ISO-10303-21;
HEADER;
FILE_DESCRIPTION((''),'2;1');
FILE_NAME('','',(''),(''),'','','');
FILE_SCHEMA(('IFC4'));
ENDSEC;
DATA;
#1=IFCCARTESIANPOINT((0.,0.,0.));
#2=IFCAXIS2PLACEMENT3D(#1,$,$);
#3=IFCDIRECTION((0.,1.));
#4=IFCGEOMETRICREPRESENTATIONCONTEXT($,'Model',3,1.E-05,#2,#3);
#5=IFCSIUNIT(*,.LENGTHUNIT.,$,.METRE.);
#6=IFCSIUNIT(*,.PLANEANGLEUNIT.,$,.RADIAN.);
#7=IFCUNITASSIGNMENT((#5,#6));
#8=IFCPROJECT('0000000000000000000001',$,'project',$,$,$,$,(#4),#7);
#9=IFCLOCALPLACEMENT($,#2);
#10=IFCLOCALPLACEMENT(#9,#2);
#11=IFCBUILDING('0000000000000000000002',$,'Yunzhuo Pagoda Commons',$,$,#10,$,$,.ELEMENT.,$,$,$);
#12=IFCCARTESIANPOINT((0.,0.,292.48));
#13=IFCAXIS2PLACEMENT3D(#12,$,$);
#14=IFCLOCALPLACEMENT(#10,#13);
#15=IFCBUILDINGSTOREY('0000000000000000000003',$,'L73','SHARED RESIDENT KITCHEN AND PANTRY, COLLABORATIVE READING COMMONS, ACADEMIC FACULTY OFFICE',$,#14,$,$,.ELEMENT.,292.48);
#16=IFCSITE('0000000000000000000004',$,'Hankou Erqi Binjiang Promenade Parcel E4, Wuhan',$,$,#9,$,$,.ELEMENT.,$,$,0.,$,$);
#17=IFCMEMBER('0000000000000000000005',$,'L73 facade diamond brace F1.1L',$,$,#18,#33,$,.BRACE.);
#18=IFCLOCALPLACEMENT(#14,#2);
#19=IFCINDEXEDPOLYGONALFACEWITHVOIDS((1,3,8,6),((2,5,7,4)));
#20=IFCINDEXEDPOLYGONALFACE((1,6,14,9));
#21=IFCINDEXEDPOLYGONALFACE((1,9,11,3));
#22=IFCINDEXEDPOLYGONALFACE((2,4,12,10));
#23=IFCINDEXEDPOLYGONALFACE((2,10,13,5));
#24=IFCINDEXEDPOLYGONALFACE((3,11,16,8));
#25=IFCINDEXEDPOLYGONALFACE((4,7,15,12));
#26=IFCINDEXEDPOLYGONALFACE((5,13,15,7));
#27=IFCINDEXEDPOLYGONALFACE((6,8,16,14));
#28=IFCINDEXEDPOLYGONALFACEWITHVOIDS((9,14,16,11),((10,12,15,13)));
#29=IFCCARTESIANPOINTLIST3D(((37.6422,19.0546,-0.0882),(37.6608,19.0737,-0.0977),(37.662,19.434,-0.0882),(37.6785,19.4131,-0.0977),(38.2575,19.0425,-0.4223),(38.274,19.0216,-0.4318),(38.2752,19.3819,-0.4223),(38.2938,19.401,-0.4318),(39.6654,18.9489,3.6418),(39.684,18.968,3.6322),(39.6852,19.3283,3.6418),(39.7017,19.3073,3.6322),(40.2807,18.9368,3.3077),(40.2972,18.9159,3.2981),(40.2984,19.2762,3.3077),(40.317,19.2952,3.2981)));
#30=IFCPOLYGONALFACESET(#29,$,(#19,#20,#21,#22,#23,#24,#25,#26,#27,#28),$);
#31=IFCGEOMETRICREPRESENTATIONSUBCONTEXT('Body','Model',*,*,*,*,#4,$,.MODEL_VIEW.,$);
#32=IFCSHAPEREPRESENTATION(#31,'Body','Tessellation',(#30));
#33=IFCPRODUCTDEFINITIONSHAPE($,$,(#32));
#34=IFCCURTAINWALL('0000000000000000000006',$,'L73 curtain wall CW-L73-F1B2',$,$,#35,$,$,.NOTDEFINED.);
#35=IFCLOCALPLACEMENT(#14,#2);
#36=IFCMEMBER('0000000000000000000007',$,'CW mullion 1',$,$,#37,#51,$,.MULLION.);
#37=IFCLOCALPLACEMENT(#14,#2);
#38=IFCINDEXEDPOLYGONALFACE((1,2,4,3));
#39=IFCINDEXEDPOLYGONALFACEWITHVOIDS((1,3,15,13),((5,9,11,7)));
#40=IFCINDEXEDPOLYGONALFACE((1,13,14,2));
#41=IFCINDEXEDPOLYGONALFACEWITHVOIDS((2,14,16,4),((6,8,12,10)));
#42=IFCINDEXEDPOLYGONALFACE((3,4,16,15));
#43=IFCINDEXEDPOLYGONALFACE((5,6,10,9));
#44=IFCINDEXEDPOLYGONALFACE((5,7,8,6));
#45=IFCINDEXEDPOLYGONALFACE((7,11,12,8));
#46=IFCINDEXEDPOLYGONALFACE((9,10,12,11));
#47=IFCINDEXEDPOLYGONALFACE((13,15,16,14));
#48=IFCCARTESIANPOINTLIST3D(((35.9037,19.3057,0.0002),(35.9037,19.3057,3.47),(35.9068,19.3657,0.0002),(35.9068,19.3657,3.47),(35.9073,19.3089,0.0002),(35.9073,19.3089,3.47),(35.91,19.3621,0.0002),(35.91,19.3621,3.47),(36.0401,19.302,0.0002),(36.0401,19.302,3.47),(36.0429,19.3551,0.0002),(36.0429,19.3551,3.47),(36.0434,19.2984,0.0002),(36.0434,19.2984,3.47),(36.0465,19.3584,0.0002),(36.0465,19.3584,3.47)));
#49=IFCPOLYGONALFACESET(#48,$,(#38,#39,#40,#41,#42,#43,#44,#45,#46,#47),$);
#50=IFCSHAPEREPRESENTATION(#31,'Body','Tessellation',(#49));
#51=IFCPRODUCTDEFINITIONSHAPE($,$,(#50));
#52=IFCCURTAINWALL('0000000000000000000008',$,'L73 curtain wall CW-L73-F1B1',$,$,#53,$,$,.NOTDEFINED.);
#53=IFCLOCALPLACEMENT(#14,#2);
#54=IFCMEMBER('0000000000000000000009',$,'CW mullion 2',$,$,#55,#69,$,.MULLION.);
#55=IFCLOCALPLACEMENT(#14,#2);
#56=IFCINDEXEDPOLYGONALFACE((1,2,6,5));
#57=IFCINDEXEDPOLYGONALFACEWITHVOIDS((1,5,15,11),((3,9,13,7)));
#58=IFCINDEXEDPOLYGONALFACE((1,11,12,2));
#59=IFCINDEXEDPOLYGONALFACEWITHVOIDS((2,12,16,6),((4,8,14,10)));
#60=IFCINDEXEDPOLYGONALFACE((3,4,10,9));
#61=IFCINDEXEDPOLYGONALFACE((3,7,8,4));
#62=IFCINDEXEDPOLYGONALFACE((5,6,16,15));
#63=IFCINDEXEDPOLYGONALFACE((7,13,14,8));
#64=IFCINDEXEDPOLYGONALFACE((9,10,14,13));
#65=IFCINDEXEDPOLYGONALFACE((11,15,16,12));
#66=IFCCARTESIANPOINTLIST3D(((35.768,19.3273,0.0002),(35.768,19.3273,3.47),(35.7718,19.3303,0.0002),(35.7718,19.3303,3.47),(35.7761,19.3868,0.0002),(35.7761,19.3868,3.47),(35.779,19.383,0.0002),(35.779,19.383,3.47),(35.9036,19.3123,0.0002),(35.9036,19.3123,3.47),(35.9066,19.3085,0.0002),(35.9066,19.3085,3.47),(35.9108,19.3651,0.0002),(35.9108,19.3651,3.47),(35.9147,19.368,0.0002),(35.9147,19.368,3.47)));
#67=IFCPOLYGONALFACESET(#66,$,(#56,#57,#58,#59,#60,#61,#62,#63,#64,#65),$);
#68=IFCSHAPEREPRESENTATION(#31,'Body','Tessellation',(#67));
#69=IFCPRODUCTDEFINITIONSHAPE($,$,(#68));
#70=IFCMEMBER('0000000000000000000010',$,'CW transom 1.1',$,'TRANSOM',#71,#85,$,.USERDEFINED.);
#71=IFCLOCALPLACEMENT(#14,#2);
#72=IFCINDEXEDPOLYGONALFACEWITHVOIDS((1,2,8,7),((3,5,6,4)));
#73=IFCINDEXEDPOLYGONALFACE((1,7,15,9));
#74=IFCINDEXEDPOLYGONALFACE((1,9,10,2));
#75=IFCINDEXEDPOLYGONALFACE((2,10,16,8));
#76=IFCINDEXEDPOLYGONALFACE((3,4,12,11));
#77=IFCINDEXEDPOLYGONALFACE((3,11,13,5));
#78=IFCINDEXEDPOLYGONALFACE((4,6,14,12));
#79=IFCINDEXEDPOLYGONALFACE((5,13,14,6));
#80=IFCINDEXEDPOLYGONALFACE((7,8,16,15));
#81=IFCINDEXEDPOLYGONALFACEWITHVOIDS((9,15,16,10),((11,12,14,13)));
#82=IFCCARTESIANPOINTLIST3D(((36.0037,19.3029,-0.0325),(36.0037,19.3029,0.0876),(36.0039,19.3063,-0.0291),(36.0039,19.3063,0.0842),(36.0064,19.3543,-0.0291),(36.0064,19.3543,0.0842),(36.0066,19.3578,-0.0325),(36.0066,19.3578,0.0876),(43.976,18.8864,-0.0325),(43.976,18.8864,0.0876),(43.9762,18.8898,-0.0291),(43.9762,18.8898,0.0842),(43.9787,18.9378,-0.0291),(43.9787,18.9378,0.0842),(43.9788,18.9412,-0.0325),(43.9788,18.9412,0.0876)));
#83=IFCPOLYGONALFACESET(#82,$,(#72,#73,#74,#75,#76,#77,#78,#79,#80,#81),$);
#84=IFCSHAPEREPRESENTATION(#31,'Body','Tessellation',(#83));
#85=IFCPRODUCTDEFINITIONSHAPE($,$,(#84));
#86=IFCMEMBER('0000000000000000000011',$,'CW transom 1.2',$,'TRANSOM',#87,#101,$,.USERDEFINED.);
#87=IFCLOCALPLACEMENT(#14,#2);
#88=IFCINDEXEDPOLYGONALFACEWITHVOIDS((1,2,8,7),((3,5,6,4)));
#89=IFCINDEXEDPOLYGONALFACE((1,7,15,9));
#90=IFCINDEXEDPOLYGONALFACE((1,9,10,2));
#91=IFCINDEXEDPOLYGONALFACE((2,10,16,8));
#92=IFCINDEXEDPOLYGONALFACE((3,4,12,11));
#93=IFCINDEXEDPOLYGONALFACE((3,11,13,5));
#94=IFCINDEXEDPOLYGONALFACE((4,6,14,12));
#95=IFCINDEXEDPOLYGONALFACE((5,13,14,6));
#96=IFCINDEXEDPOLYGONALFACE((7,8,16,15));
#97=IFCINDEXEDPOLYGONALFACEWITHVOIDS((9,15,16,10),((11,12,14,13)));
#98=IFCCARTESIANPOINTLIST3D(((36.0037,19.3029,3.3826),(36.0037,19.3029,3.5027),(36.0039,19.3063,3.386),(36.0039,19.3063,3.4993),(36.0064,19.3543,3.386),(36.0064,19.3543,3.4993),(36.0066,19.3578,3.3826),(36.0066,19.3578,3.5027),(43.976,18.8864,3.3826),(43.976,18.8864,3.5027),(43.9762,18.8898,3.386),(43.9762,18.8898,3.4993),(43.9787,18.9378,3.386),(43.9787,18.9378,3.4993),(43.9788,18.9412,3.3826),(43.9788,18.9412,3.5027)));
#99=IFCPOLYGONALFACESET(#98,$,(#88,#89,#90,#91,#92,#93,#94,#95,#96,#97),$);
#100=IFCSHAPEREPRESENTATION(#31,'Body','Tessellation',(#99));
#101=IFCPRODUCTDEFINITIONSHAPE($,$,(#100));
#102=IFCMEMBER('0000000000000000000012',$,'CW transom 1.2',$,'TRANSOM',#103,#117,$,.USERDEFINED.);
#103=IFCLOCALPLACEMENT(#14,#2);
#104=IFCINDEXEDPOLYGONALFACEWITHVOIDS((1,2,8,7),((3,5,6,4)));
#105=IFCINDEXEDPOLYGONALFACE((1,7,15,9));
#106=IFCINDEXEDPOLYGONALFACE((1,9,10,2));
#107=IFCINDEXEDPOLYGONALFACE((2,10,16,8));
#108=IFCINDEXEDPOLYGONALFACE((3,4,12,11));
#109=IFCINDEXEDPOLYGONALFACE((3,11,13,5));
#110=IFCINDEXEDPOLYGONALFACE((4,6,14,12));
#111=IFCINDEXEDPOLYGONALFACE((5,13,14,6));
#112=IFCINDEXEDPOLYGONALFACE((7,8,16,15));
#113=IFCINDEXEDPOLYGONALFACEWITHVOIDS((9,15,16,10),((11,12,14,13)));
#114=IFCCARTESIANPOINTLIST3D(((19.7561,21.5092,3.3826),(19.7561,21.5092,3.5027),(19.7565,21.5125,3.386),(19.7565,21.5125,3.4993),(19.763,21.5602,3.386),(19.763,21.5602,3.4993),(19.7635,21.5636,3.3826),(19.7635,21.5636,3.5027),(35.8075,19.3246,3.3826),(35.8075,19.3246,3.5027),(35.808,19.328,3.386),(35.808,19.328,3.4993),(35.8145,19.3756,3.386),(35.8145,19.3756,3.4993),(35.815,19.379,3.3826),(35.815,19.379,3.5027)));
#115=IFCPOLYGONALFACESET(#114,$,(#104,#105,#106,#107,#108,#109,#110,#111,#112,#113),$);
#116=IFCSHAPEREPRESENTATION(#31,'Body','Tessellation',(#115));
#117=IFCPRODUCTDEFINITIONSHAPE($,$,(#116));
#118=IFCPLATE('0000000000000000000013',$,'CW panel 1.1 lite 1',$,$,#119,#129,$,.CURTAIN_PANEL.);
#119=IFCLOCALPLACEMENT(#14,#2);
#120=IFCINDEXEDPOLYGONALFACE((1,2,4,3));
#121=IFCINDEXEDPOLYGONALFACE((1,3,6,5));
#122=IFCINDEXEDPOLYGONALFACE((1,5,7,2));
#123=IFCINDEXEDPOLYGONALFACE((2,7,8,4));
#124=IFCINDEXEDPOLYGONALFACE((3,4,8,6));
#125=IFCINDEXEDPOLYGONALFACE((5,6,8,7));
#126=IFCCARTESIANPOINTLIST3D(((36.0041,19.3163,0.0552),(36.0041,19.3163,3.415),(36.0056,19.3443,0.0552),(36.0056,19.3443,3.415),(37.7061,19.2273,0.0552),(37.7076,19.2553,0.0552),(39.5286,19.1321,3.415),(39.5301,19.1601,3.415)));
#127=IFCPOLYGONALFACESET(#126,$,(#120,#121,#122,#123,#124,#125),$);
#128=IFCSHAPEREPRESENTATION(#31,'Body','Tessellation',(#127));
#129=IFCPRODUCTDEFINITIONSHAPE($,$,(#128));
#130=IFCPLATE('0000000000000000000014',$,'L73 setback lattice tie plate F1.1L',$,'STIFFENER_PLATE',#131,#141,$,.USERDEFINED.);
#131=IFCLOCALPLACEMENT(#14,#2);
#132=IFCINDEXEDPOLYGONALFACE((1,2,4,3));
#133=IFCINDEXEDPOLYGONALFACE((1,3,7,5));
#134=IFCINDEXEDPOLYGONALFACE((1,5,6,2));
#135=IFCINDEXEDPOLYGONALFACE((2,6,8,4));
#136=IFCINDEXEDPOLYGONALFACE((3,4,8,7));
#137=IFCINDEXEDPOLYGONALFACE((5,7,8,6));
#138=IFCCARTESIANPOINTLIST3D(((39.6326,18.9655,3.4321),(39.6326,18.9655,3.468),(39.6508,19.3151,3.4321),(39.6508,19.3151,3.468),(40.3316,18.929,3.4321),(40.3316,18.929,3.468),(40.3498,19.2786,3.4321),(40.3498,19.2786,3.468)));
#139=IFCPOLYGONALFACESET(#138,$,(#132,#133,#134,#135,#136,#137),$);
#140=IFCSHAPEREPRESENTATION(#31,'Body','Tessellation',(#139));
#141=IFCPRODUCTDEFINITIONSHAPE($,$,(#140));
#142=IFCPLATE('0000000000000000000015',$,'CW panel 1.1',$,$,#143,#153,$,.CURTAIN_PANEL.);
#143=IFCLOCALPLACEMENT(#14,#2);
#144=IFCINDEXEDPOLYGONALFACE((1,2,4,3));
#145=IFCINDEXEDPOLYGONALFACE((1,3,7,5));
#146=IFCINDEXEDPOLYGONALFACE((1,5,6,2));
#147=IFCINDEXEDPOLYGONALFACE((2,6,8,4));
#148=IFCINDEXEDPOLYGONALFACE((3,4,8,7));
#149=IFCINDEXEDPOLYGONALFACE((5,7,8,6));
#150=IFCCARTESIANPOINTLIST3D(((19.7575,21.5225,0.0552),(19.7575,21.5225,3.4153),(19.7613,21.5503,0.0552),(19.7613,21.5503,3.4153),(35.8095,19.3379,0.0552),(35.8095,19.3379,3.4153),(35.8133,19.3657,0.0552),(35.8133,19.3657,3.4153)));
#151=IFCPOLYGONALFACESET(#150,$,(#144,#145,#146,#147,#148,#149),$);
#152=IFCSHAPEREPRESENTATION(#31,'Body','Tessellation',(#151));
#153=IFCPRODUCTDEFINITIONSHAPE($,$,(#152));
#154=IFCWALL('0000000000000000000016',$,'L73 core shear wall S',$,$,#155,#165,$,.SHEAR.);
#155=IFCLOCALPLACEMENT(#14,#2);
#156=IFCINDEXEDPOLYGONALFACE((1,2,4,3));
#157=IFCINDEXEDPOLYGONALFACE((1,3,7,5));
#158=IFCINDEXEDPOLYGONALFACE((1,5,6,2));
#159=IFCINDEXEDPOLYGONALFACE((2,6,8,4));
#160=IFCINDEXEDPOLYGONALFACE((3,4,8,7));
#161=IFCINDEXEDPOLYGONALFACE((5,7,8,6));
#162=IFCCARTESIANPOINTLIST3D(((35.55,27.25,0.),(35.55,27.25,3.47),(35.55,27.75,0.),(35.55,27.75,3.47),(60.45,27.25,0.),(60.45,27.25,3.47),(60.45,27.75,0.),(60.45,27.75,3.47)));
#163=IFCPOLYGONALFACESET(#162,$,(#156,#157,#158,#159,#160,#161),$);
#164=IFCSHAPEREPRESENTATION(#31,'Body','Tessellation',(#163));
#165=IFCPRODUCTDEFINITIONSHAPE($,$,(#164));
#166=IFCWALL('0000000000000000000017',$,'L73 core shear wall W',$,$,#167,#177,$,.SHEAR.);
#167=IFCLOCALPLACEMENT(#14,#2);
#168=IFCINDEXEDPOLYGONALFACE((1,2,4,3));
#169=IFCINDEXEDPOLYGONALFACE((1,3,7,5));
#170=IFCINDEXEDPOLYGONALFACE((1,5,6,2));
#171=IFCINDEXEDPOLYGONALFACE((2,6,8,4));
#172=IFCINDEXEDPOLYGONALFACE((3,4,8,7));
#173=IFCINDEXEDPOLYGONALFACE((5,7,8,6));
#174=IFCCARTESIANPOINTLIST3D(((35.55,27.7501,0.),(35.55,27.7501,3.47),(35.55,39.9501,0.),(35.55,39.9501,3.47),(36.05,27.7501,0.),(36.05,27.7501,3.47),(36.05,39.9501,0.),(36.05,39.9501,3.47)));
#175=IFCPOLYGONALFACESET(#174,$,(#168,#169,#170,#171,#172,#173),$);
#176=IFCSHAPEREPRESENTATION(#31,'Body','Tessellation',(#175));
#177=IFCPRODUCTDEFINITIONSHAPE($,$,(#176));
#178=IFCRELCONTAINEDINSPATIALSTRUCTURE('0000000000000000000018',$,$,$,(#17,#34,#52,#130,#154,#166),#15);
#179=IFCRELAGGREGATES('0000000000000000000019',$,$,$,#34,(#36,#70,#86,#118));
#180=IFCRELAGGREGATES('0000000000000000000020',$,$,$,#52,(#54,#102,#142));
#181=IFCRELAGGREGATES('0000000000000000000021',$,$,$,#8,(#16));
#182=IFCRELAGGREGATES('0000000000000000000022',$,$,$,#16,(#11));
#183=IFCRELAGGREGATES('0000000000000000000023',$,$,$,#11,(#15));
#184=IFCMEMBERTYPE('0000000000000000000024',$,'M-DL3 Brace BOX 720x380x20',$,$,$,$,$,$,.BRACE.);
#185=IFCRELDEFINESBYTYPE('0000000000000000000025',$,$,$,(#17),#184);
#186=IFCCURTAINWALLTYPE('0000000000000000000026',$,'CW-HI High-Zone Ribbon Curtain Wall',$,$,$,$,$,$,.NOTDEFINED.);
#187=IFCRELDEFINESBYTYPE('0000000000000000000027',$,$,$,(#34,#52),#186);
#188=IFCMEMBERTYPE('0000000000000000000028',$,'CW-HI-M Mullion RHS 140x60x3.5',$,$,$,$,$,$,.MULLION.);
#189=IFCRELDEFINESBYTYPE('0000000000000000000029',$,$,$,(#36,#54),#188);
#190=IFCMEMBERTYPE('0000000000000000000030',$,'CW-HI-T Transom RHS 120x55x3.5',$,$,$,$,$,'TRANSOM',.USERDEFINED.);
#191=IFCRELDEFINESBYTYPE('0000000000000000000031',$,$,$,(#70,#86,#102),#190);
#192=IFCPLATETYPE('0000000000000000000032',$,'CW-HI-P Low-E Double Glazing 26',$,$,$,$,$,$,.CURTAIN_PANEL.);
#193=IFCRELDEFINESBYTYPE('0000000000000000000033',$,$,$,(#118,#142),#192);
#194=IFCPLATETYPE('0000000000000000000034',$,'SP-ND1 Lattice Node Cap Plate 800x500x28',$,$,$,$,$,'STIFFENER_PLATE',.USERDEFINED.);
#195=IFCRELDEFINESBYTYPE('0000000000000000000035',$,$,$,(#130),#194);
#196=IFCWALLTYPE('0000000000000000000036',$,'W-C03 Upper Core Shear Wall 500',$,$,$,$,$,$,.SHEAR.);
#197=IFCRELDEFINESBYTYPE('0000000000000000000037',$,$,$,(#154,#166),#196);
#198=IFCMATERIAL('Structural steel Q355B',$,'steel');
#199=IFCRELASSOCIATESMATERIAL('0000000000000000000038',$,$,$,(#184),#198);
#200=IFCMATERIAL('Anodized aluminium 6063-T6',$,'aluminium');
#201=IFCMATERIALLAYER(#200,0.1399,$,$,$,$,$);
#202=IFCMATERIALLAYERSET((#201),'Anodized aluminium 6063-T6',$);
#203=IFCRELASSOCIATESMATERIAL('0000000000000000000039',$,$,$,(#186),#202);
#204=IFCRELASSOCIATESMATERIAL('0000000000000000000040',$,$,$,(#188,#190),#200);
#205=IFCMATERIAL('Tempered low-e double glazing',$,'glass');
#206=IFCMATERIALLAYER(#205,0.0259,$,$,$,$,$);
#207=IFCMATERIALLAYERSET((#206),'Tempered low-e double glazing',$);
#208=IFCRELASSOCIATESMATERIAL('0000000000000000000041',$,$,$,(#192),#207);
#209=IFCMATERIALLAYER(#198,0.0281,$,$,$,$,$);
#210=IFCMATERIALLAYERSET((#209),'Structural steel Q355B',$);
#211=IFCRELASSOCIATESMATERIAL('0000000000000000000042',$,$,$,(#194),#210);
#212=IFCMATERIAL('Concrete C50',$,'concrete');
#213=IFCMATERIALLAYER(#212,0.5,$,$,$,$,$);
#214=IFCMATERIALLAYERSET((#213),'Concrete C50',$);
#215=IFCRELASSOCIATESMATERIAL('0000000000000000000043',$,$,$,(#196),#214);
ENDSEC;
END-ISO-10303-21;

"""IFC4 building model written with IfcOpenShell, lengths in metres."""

from ifc_helpers import new_model, si_unit, direction, frame, frame_2d, origin, origin_2d, place, context, subcontext, project, spatial, polyline, rectangle, hollow_rectangle, outline, extrude, source, transform, mapped, material, layer, layer_set, material_profile, profile_set, type_object, element, aggregate, save


model = new_model("IFC4")

# Units and contexts
model_context = context("Model", 3, precision=1e-05, world=origin(), true_north=direction((0.0, 1.0)))
body_context = subcontext(model_context, "Body", "Model", "MODEL_VIEW")
ifc_project = project(units=[si_unit("LENGTHUNIT", "METRE"), si_unit("PLANEANGLEUNIT", "RADIAN")], contexts=[model_context])

# Site, building, storey
site_placement = place(None, origin())
site = spatial("IfcSite", under=ifc_project, at=site_placement, Name="Hankou Erqi Binjiang Promenade Parcel E4, Wuhan", CompositionType="ELEMENT", RefElevation=0.0)
building_placement = place(site_placement, origin())
building = spatial("IfcBuilding", under=site, at=building_placement, Name="Yunzhuo Pagoda Commons", CompositionType="ELEMENT")
storey_placement = place(building_placement, frame((0.0, 0.0, 292.48)))
storey = spatial("IfcBuildingStorey", under=building, at=storey_placement, Name="L73", Description="SHARED RESIDENT KITCHEN AND PANTRY, COLLABORATIVE READING COMMONS, ACADEMIC FACULTY OFFICE", CompositionType="ELEMENT", Elevation=292.48)

# Shared definitions
ifc_material_1 = material(Name="Structural steel Q355B", Category="steel")

# Member
ifc_material_profile_1 = material_profile(ifc_material_1, hollow_rectangle(XDim=0.3799, YDim=0.72, WallThickness=0.02, at=origin_2d()), Name="Structural steel Q355B")
ifc_profile_set_1 = profile_set([ifc_material_profile_1], Name="Structural steel Q355B")
member_type_1 = type_object("IfcMemberType", Name="M-DL3 Brace BOX 720x380x20", PredefinedType="BRACE", material=ifc_profile_set_1)
shared_shape_1 = source(origin(), body_context, "Body", "SweptSolid", [
    extrude(hollow_rectangle(XDim=0.3799, YDim=0.72, WallThickness=0.02, at=origin_2d()), origin(), (0.0, 0.0, 1.0), 4.2446),
])
member_1_placement = place(storey_placement, frame((37.968, 19.2278, -0.26), z_axis=(0.476643, -0.024905, 0.878744), x_axis=(0.052179, 0.998638, 0.0)))
element("IfcMember", 1, at=member_1_placement, inside=storey, type_object=member_type_1, Name="L73 facade diamond brace F1.1L", PredefinedType="BRACE", context=body_context, shape_type="MappedRepresentation", body=[
    mapped(shared_shape_1, transform((0.0, 0.0, 0.0), scale=1.0)),
])

# Curtain walls, members
ifc_material_2 = material(Name="Anodized aluminium 6063-T6", Category="aluminium")
ifc_layer_1 = layer(ifc_material_2, 0.1399)
ifc_layer_set_1 = layer_set([ifc_layer_1], Name="Anodized aluminium 6063-T6")
curtain_wall_type = type_object("IfcCurtainWallType", Name="CW-HI High-Zone Ribbon Curtain Wall", PredefinedType="NOTDEFINED", material=ifc_layer_set_1)
curtain_wall_1_placement = place(storey_placement, origin())
curtain_wall_1 = element("IfcCurtainWall", 2, at=curtain_wall_1_placement, inside=storey, type_object=curtain_wall_type, Name="L73 curtain wall CW-L73-F1B2", PredefinedType="NOTDEFINED")
ifc_material_profile_2 = material_profile(ifc_material_2, hollow_rectangle(XDim=0.0601, YDim=0.1399, WallThickness=0.0034, at=origin_2d()), Name="Anodized aluminium 6063-T6")
ifc_profile_set_2 = profile_set([ifc_material_profile_2], Name="Anodized aluminium 6063-T6")
member_type_2 = type_object("IfcMemberType", Name="CW-HI-M Mullion RHS 140x60x3.5", PredefinedType="MULLION", material=ifc_profile_set_2)
shared_shape_2 = source(origin(), body_context, "Body", "SweptSolid", [
    extrude(hollow_rectangle(XDim=0.0601, YDim=0.1399, WallThickness=0.0034, at=origin_2d()), origin(), (0.0, 0.0, 1.0), 3.4697),
])
member_2_placement = place(storey_placement, frame((35.9751, 19.332, 0.0002), z_axis=(0.0, 0.0, 1.0), x_axis=(0.05219, 0.998637, 0.0)))
member_2 = element("IfcMember", 3, at=member_2_placement, type_object=member_type_2, Name="CW mullion 1", PredefinedType="MULLION", context=body_context, shape_type="MappedRepresentation", body=[
    mapped(shared_shape_2, transform((0.0, 0.0, 0.0), scale=1.0)),
])
curtain_wall_2_placement = place(storey_placement, origin())
curtain_wall_2 = element("IfcCurtainWall", 4, at=curtain_wall_2_placement, inside=storey, type_object=curtain_wall_type, Name="L73 curtain wall CW-L73-F1B1", PredefinedType="NOTDEFINED")
member_3_placement = place(storey_placement, frame((35.8413, 19.3477, 0.0002), z_axis=(0.0, 0.0, 1.0), x_axis=(0.134854, 0.990865, 0.0)))
member_3 = element("IfcMember", 5, at=member_3_placement, type_object=member_type_2, Name="CW mullion 2", PredefinedType="MULLION", context=body_context, shape_type="MappedRepresentation", body=[
    mapped(shared_shape_2, transform((0.0, 0.0, 0.0), scale=1.0)),
])

# Members
ifc_material_profile_3 = material_profile(ifc_material_2, hollow_rectangle(XDim=0.0549, YDim=0.1201, WallThickness=0.0034, at=origin_2d()), Name="Anodized aluminium 6063-T6")
ifc_profile_set_3 = profile_set([ifc_material_profile_3], Name="Anodized aluminium 6063-T6")
member_type_3 = type_object("IfcMemberType", Name="CW-HI-T Transom RHS 120x55x3.5", ElementType="TRANSOM", PredefinedType="USERDEFINED", material=ifc_profile_set_3)
shared_shape_3 = source(origin(), body_context, "Body", "SweptSolid", [
    extrude(hollow_rectangle(XDim=0.0549, YDim=0.1201, WallThickness=0.0034, at=origin_2d()), origin(), (0.0, 0.0, 1.0), 7.9832),
])
member_4_placement = place(storey_placement, frame((36.0051, 19.3303, 0.0276), z_axis=(0.998638, -0.052174, 0.0), x_axis=(0.052174, 0.998638, 0.0)))
member_4 = element("IfcMember", 6, at=member_4_placement, type_object=member_type_3, Name="CW transom 1.1", ObjectType="TRANSOM", PredefinedType="USERDEFINED", context=body_context, shape_type="MappedRepresentation", body=[
    mapped(shared_shape_3, transform((0.0, 0.0, 0.0), scale=1.0)),
])
member_5_placement = place(storey_placement, frame((36.0051, 19.3303, 3.4426), z_axis=(0.998638, -0.052174, 0.0), x_axis=(0.052174, 0.998638, 0.0)))
member_5 = element("IfcMember", 7, at=member_5_placement, type_object=member_type_3, Name="CW transom 1.2", ObjectType="TRANSOM", PredefinedType="USERDEFINED", context=body_context, shape_type="MappedRepresentation", body=[
    mapped(shared_shape_3, transform((0.0, 0.0, 0.0), scale=1.0)),
])
shared_shape_4 = source(origin(), body_context, "Body", "SweptSolid", [
    extrude(hollow_rectangle(XDim=0.0549, YDim=0.1201, WallThickness=0.0034, at=origin_2d()), origin(), (0.0, 0.0, 1.0), 16.1995),
])
member_6_placement = place(storey_placement, frame((19.7598, 21.5364, 3.4426), z_axis=(0.990865, -0.134854, 0.0), x_axis=(0.134854, 0.990865, 0.0)))
member_6 = element("IfcMember", 8, at=member_6_placement, type_object=member_type_3, Name="CW transom 1.2", ObjectType="TRANSOM", PredefinedType="USERDEFINED", context=body_context, shape_type="MappedRepresentation", body=[
    mapped(shared_shape_4, transform((0.0, 0.0, 0.0), scale=1.0)),
])

# Plates
ifc_material_3 = material(Name="Tempered low-e double glazing", Category="glass")
ifc_layer_2 = layer(ifc_material_3, 0.0259)
ifc_layer_set_2 = layer_set([ifc_layer_2], Name="Tempered low-e double glazing")
plate_type_1 = type_object("IfcPlateType", Name="CW-HI-P Low-E Double Glazing 26", PredefinedType="CURTAIN_PANEL", material=ifc_layer_set_2)
plate_1_placement = place(storey_placement, frame((37.7678, 19.2522, 1.7351), z_axis=(-0.05219, -0.998637, 0.0), x_axis=(0.998637, -0.05219, 0.0)))
plate_1 = element("IfcPlate", 9, at=plate_1_placement, type_object=plate_type_1, Name="CW panel 1.1 lite 1", PredefinedType="CURTAIN_PANEL", context=body_context, shape_type="SweptSolid", body=[
    extrude(outline(polyline([(-1.7646, -1.6799), (-0.0603, -1.6799), (1.7646, 1.6799), (-1.7646, 1.6799), (-1.7646, -1.6799)])), origin(), (0.0, 0.0, 1.0), 0.0281),
])
aggregate(curtain_wall_1, [member_2, member_4, member_5, plate_1])
ifc_layer_3 = layer(ifc_material_1, 0.0281)
ifc_layer_set_3 = layer_set([ifc_layer_3], Name="Structural steel Q355B")
plate_type_2 = type_object("IfcPlateType", Name="SP-ND1 Lattice Node Cap Plate 800x500x28", ElementType="STIFFENER_PLATE", PredefinedType="USERDEFINED", material=ifc_layer_set_3)
shared_shape_5 = source(origin(), body_context, "Body", "SweptSolid", [
    extrude(rectangle(XDim=0.7, YDim=0.3501, at=origin_2d()), origin(), (0.0, 0.0, 1.0), 0.0359),
])
plate_2_placement = place(storey_placement, frame((39.9912, 19.1221, 3.4321), z_axis=(0.0, 0.0, 1.0), x_axis=(0.998637, -0.052197, 0.0)))
element("IfcPlate", 10, at=plate_2_placement, inside=storey, type_object=plate_type_2, Name="L73 setback lattice tie plate F1.1L", ObjectType="STIFFENER_PLATE", PredefinedType="USERDEFINED", context=body_context, shape_type="MappedRepresentation", body=[
    mapped(shared_shape_5, transform((0.0, 0.0, 0.0), scale=1.0)),
])
shared_shape_6 = source(origin(), body_context, "Body", "SweptSolid", [
    extrude(rectangle(XDim=16.2, YDim=0.0281, at=origin_2d()), origin(), (0.0, 0.0, 1.0), 3.3601),
])
plate_3_placement = place(storey_placement, frame((27.7854, 20.4441, 0.0552), z_axis=(0.0, 0.0, 1.0), x_axis=(0.990865, -0.134854, 0.0)))
plate_3 = element("IfcPlate", 11, at=plate_3_placement, type_object=plate_type_1, Name="CW panel 1.1", PredefinedType="CURTAIN_PANEL", context=body_context, shape_type="MappedRepresentation", body=[
    mapped(shared_shape_6, transform((0.0, 0.0, 0.0), scale=1.0)),
])
aggregate(curtain_wall_2, [member_3, member_6, plate_3])

# Walls
ifc_material_4 = material(Name="Concrete C50", Category="concrete")
ifc_layer_4 = layer(ifc_material_4, 0.5)
ifc_layer_set_4 = layer_set([ifc_layer_4], Name="Concrete C50")
wall_type_1 = type_object("IfcWallType", Name="W-C03 Upper Core Shear Wall 500", PredefinedType="SHEAR", material=ifc_layer_set_4)
wall_1_placement = place(storey_placement, frame((35.55, 27.5, 0.0), z_axis=(0.0, 0.0, 1.0), x_axis=(1.0, 0.0, 0.0)))
element("IfcWall", 12, at=wall_1_placement, inside=storey, type_object=wall_type_1, Name="L73 core shear wall S", PredefinedType="SHEAR", context=body_context, shape_type="SweptSolid", body=[
    extrude(rectangle(XDim=24.8999, YDim=0.5, at=frame_2d((12.45, 0.0))), origin(), (0.0, 0.0, 1.0), 3.47),
])
wall_2_placement = place(storey_placement, frame((35.8, 27.75, 0.0), z_axis=(0.0, 0.0, 1.0), x_axis=(0.0, 1.0, 0.0)))
element("IfcWall", 13, at=wall_2_placement, inside=storey, type_object=wall_type_1, Name="L73 core shear wall W", PredefinedType="SHEAR", context=body_context, shape_type="SweptSolid", body=[
    extrude(rectangle(XDim=12.2, YDim=0.5, at=frame_2d((6.1001, 0.0))), origin(), (0.0, 0.0, 1.0), 3.47),
])

save(model, "model.ifc")
